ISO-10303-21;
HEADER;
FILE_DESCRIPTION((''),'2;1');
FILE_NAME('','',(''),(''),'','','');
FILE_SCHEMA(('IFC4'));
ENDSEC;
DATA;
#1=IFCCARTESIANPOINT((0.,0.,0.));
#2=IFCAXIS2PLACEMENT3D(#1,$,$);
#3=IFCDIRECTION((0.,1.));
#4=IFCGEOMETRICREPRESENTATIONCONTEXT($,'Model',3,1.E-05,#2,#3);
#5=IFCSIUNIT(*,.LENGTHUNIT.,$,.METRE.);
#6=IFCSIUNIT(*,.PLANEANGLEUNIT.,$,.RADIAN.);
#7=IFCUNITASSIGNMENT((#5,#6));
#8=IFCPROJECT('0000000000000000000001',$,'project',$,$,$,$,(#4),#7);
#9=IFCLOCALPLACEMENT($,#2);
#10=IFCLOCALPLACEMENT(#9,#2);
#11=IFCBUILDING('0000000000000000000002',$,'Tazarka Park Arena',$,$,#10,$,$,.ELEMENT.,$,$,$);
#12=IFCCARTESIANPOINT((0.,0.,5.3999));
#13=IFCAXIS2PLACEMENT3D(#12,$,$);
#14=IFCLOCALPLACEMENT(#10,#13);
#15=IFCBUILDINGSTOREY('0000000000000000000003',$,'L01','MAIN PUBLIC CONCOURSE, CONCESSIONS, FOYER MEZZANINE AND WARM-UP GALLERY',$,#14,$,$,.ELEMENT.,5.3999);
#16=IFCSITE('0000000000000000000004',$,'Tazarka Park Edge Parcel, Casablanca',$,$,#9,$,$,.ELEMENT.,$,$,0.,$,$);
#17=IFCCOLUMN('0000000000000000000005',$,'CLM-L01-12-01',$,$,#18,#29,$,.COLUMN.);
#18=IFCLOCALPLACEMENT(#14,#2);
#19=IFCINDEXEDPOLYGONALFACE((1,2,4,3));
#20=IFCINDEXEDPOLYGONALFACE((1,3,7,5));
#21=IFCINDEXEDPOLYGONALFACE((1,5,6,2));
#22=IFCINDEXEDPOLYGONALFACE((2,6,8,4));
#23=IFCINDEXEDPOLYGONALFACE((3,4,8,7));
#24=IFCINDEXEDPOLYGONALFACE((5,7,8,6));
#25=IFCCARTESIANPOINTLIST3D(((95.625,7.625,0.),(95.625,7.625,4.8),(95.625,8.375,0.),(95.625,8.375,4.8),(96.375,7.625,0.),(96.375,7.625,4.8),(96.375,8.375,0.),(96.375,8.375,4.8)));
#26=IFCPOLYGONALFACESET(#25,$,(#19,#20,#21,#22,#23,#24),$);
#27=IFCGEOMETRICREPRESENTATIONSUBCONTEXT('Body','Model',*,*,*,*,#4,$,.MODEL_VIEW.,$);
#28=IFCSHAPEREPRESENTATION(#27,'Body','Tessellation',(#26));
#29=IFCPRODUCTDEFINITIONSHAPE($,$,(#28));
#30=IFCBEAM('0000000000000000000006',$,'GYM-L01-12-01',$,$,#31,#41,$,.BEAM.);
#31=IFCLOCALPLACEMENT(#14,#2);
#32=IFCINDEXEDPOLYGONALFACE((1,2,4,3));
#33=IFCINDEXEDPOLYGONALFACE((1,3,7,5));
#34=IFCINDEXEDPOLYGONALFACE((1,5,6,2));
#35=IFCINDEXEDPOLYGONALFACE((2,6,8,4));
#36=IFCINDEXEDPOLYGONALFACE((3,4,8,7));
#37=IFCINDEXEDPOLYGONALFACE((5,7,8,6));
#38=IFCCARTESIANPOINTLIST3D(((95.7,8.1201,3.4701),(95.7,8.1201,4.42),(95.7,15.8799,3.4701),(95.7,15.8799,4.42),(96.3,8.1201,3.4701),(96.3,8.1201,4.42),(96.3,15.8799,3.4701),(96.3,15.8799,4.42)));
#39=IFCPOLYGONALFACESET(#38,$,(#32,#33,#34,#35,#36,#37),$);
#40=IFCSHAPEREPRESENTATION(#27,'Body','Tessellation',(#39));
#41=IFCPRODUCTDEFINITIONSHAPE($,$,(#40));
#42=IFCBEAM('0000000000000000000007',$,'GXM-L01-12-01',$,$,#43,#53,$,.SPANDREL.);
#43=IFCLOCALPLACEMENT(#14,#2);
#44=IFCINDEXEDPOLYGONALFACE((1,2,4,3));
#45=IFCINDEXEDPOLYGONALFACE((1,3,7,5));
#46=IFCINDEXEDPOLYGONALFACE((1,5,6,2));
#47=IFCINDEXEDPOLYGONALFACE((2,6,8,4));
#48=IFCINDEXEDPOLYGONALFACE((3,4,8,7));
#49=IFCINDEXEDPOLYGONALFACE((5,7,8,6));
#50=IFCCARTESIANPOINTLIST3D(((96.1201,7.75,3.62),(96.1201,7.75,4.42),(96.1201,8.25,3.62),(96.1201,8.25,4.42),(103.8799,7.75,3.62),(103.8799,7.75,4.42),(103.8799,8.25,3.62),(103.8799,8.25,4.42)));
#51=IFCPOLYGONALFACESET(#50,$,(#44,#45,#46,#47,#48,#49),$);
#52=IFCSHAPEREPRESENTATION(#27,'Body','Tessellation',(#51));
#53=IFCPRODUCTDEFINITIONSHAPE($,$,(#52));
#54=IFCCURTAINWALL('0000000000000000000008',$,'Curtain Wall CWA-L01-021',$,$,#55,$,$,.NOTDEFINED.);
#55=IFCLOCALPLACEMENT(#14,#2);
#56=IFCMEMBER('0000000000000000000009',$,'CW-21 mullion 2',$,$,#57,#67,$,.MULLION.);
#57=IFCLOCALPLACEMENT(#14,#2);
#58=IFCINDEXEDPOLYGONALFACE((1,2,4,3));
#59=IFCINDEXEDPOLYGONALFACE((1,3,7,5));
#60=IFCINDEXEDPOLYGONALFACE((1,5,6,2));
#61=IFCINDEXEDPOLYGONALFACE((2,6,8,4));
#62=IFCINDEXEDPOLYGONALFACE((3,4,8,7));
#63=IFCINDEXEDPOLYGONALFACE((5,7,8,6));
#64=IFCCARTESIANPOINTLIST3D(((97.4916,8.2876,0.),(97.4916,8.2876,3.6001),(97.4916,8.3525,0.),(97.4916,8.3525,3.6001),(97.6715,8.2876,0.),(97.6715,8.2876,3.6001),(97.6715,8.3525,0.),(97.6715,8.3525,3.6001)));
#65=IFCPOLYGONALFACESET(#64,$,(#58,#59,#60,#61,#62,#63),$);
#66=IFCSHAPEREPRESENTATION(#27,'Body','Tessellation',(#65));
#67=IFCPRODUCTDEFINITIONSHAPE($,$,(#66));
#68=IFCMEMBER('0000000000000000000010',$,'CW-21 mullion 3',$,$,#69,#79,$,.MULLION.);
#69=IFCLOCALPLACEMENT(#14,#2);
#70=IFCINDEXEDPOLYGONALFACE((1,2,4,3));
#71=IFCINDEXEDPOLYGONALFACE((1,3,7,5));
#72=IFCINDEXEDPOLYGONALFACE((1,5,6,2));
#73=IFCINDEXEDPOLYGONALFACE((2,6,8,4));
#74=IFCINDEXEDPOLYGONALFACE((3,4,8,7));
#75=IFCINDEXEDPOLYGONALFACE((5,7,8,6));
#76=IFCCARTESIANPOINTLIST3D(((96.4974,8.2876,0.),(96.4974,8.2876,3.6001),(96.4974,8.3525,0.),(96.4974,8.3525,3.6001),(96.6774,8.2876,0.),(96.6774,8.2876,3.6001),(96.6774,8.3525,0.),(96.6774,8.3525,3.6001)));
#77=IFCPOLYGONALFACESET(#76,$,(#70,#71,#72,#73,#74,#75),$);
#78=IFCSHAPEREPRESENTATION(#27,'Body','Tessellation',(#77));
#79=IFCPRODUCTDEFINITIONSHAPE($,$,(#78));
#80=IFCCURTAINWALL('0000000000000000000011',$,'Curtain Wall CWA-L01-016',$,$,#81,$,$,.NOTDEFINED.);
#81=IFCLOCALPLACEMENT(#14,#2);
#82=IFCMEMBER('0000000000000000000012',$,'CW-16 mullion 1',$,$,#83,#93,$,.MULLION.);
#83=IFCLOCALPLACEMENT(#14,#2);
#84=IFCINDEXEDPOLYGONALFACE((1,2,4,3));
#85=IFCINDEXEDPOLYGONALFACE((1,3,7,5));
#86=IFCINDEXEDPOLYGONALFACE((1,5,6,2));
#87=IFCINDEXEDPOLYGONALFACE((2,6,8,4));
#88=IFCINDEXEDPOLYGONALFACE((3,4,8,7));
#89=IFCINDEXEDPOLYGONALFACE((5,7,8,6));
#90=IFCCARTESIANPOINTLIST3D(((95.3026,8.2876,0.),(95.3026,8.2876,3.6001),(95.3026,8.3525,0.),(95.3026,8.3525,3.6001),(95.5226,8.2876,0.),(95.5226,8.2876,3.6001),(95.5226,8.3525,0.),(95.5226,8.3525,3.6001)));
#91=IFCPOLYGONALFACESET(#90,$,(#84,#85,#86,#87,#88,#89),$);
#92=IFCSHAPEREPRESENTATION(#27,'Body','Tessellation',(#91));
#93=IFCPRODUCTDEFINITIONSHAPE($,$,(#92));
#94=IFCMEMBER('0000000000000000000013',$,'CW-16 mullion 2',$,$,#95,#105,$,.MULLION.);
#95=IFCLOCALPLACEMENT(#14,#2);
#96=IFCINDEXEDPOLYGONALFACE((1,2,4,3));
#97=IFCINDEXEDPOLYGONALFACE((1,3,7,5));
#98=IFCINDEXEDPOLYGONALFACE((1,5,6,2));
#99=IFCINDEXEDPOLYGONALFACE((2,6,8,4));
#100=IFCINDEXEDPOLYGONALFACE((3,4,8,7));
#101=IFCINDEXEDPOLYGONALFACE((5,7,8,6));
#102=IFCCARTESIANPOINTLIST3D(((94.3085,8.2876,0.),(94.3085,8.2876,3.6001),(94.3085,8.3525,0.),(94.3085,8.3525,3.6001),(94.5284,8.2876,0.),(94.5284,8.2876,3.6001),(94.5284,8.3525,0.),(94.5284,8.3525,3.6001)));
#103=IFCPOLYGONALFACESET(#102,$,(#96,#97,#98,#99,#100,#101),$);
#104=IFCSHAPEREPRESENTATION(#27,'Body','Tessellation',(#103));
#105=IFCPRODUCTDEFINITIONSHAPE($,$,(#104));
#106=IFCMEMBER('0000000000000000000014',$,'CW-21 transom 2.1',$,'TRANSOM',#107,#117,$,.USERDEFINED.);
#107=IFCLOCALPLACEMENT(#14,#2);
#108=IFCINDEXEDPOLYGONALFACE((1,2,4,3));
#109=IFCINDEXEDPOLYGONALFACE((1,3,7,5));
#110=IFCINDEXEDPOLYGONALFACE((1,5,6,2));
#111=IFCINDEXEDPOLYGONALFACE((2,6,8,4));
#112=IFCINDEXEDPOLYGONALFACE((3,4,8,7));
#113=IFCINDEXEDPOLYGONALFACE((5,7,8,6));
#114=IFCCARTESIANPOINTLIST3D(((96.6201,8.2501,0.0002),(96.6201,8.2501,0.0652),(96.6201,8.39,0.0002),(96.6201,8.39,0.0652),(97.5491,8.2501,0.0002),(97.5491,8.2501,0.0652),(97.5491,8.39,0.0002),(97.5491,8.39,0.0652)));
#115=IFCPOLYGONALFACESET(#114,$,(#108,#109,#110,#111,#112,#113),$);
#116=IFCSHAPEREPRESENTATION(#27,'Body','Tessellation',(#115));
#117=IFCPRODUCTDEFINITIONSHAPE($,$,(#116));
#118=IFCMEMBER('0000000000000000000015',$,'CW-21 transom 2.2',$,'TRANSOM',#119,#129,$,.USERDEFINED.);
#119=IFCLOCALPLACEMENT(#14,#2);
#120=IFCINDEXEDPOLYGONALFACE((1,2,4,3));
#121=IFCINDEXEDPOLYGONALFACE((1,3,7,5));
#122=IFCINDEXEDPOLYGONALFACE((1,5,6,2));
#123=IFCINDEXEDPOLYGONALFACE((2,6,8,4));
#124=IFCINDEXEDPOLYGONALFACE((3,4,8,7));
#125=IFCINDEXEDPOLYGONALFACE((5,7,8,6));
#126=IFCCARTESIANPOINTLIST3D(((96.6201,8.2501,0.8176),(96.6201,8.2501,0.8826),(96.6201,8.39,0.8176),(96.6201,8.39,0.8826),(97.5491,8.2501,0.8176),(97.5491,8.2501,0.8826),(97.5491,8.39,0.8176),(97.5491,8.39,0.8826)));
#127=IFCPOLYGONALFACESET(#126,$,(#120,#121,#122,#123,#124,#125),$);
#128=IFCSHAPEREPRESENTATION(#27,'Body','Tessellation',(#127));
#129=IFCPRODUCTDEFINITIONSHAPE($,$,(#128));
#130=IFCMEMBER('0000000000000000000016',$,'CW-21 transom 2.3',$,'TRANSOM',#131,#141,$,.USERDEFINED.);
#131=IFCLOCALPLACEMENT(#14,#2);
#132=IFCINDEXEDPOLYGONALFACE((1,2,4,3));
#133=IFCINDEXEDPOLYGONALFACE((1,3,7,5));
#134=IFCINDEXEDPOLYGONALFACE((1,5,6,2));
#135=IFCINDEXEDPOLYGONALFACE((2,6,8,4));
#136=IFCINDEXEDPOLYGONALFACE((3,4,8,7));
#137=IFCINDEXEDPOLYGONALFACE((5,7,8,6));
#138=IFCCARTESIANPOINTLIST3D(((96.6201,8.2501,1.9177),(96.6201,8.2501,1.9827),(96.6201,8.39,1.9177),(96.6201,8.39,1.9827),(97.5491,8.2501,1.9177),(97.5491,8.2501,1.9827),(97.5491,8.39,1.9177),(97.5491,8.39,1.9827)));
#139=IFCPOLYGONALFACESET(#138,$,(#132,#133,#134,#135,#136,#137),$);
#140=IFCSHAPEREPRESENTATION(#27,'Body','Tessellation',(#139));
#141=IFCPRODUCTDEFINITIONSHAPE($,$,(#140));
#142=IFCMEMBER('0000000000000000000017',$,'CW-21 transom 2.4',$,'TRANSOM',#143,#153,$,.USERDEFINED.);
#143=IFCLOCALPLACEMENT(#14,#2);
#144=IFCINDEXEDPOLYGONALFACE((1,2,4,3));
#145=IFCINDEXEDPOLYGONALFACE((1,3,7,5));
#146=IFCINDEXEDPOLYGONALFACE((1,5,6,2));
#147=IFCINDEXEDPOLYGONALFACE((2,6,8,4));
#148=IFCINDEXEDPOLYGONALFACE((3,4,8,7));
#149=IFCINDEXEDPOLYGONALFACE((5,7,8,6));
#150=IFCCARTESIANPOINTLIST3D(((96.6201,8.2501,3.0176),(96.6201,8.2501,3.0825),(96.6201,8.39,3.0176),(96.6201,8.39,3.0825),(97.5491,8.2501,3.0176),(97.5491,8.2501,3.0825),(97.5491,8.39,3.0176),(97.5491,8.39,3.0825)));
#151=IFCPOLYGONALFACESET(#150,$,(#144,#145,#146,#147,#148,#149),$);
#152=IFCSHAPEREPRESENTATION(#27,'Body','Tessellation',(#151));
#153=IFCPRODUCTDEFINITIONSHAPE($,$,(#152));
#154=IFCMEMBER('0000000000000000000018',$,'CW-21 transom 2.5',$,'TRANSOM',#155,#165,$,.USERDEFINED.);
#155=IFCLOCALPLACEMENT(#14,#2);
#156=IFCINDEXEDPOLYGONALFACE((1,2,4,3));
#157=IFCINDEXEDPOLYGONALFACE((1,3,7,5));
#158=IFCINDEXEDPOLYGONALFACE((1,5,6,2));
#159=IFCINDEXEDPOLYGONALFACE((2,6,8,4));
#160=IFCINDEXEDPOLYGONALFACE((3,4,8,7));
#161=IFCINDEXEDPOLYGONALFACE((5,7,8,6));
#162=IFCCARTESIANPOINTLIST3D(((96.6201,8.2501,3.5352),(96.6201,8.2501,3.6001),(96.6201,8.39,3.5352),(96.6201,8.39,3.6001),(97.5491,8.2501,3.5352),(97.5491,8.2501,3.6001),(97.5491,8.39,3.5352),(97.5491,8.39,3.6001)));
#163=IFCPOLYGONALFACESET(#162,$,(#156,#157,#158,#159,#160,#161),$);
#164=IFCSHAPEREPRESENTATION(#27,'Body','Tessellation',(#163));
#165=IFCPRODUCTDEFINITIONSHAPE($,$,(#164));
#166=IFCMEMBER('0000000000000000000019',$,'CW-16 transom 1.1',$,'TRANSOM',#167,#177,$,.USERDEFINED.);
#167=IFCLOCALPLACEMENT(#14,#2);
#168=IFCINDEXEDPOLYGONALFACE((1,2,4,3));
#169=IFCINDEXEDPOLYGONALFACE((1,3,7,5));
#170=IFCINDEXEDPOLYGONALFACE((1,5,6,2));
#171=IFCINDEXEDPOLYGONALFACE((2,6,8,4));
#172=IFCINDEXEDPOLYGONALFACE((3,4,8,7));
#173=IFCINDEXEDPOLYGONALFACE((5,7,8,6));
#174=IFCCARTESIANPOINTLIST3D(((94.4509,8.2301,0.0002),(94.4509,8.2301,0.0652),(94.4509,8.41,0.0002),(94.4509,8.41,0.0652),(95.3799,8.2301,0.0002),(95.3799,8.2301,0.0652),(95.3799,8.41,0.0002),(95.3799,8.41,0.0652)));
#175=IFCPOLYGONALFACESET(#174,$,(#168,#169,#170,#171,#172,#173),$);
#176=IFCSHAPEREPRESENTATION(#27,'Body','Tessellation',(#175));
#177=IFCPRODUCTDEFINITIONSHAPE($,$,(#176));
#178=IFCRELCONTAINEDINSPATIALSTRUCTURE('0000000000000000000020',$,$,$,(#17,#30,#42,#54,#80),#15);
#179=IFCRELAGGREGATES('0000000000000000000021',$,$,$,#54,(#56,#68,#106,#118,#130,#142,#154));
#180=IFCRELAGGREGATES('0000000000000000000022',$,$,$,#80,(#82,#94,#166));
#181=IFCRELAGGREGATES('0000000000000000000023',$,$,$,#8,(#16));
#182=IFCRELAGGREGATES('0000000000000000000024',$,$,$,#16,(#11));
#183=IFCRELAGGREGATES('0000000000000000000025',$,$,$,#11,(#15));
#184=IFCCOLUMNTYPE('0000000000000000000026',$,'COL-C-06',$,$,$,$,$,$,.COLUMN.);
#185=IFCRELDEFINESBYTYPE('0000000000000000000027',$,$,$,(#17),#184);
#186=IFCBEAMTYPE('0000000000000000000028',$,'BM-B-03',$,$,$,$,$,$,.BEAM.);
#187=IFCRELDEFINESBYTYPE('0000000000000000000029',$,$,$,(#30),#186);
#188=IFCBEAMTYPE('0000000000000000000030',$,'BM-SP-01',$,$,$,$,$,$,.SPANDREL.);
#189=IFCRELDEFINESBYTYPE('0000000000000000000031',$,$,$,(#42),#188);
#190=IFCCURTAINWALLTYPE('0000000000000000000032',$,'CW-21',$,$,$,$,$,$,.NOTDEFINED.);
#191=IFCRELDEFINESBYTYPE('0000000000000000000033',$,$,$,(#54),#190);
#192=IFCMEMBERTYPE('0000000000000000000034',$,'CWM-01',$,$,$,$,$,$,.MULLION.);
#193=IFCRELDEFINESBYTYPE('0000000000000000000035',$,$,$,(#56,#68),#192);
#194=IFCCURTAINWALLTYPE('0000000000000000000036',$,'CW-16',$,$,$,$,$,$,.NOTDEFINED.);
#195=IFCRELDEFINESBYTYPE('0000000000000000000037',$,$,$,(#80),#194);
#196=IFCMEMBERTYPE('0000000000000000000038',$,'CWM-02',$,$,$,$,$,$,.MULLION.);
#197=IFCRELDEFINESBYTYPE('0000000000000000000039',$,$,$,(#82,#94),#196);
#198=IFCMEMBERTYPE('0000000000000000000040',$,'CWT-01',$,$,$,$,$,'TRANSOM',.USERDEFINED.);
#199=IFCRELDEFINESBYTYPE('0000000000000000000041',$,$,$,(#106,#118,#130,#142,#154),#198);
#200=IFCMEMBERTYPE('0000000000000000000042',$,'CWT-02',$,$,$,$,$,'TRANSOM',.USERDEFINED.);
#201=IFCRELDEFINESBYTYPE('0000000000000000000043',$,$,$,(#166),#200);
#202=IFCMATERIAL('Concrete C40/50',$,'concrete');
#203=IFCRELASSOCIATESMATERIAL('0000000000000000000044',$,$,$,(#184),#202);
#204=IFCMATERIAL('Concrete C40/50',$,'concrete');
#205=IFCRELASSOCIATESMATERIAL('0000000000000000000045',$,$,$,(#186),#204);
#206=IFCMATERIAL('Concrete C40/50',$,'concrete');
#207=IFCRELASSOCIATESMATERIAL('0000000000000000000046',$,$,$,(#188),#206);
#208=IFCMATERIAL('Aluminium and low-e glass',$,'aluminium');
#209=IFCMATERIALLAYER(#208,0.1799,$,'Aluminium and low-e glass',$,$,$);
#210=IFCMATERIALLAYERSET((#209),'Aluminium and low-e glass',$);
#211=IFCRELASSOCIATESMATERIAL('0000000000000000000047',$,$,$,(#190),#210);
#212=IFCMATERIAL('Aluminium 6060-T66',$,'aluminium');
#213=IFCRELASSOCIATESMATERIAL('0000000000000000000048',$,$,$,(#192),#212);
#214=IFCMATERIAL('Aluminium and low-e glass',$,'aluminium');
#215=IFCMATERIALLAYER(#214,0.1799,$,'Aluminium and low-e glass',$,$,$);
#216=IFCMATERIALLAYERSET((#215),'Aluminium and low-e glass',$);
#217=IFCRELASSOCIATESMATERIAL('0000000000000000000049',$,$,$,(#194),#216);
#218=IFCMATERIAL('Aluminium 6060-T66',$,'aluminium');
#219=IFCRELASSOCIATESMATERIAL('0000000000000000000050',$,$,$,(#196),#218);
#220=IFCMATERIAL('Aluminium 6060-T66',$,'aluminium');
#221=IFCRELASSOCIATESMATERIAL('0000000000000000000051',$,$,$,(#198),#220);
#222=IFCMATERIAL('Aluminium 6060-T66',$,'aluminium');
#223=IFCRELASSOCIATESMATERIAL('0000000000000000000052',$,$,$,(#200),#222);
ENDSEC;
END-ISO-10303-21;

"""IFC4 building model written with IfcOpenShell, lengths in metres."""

from ifc_helpers import new_model, si_unit, direction, frame, origin, origin_2d, place, context, subcontext, project, spatial, rectangle, extrude, material, layer, layer_set, material_profile, profile_set, type_object, element, aggregate, save


model = new_model("IFC4")

# Units and contexts
model_context = context("Model", 3, precision=1e-05, world=origin(), true_north=direction((0.0, 1.0)))
body_context = subcontext(model_context, "Body", "Model", "MODEL_VIEW")
ifc_project = project(units=[si_unit("LENGTHUNIT", "METRE"), si_unit("PLANEANGLEUNIT", "RADIAN")], contexts=[model_context])

# Site, building, storey
site_placement = place(None, origin())
site = spatial("IfcSite", under=ifc_project, at=site_placement, Name="Tazarka Park Edge Parcel, Casablanca", CompositionType="ELEMENT", RefElevation=0.0)
building_placement = place(site_placement, origin())
building = spatial("IfcBuilding", under=site, at=building_placement, Name="Tazarka Park Arena", CompositionType="ELEMENT")
storey_placement = place(building_placement, frame((0.0, 0.0, 5.3999)))
storey = spatial("IfcBuildingStorey", under=building, at=storey_placement, Name="L01", Description="MAIN PUBLIC CONCOURSE, CONCESSIONS, FOYER MEZZANINE AND WARM-UP GALLERY", CompositionType="ELEMENT", Elevation=5.3999)

# Column
ifc_material_1 = material(Name="Concrete C40/50", Category="concrete")
ifc_material_profile_1 = material_profile(ifc_material_1, rectangle(XDim=0.75, YDim=0.75, at=origin_2d()), Name="Concrete C40/50")
ifc_profile_set_1 = profile_set([ifc_material_profile_1], Name="Concrete C40/50")
column_type = type_object("IfcColumnType", Name="COL-C-06", PredefinedType="COLUMN", material=ifc_profile_set_1)
column_placement = place(storey_placement, frame((96.0, 8.0, 0.0), z_axis=(0.0, 0.0, 1.0), x_axis=(1.0, 0.0, 0.0)))
element("IfcColumn", 1, at=column_placement, inside=storey, type_object=column_type, Name="CLM-L01-12-01", PredefinedType="COLUMN", context=body_context, shape_type="SweptSolid", body=[
    extrude(rectangle(XDim=0.75, YDim=0.75, at=origin_2d()), origin(), (0.0, 0.0, 1.0), 4.8),
])

# Beams
ifc_material_2 = material(Name="Concrete C40/50", Category="concrete")
ifc_material_profile_2 = material_profile(ifc_material_2, rectangle(XDim=0.6001, YDim=0.95, at=origin_2d()), Name="Concrete C40/50")
ifc_profile_set_2 = profile_set([ifc_material_profile_2], Name="Concrete C40/50")
beam_type_1 = type_object("IfcBeamType", Name="BM-B-03", PredefinedType="BEAM", material=ifc_profile_set_2)
beam_1_placement = place(storey_placement, frame((96.0, 8.1201, 3.9451), z_axis=(0.0, 1.0, 0.0), x_axis=(-1.0, 0.0, 0.0)))
element("IfcBeam", 2, at=beam_1_placement, inside=storey, type_object=beam_type_1, Name="GYM-L01-12-01", PredefinedType="BEAM", context=body_context, shape_type="SweptSolid", body=[
    extrude(rectangle(XDim=0.6001, YDim=0.95, at=origin_2d()), origin(), (0.0, 0.0, 1.0), 7.7598),
])
ifc_material_3 = material(Name="Concrete C40/50", Category="concrete")
ifc_material_profile_3 = material_profile(ifc_material_3, rectangle(XDim=0.5, YDim=0.8, at=origin_2d()), Name="Concrete C40/50")
ifc_profile_set_3 = profile_set([ifc_material_profile_3], Name="Concrete C40/50")
beam_type_2 = type_object("IfcBeamType", Name="BM-SP-01", PredefinedType="SPANDREL", material=ifc_profile_set_3)
beam_2_placement = place(storey_placement, frame((96.1201, 8.0, 4.02), z_axis=(1.0, 0.0, 0.0), x_axis=(0.0, 1.0, 0.0)))
element("IfcBeam", 3, at=beam_2_placement, inside=storey, type_object=beam_type_2, Name="GXM-L01-12-01", PredefinedType="SPANDREL", context=body_context, shape_type="SweptSolid", body=[
    extrude(rectangle(XDim=0.5, YDim=0.8, at=origin_2d()), origin(), (0.0, 0.0, 1.0), 7.7598),
])

# Curtain walls, members
ifc_material_4 = material(Name="Aluminium and low-e glass", Category="aluminium")
ifc_layer_1 = layer(ifc_material_4, 0.1799, Name="Aluminium and low-e glass")
ifc_layer_set_1 = layer_set([ifc_layer_1], Name="Aluminium and low-e glass")
curtain_wall_type_1 = type_object("IfcCurtainWallType", Name="CW-21", PredefinedType="NOTDEFINED", material=ifc_layer_set_1)
curtain_wall_1_placement = place(storey_placement, origin())
curtain_wall_1 = element("IfcCurtainWall", 4, at=curtain_wall_1_placement, inside=storey, type_object=curtain_wall_type_1, Name="Curtain Wall CWA-L01-021", PredefinedType="NOTDEFINED")
ifc_material_5 = material(Name="Aluminium 6060-T66", Category="aluminium")
ifc_material_profile_4 = material_profile(ifc_material_5, rectangle(XDim=0.0649, YDim=0.1799, at=origin_2d()), Name="Aluminium 6060-T66")
ifc_profile_set_4 = profile_set([ifc_material_profile_4], Name="Aluminium 6060-T66")
member_type_1 = type_object("IfcMemberType", Name="CWM-01", PredefinedType="MULLION", material=ifc_profile_set_4)
member_1_placement = place(storey_placement, frame((97.5815, 8.3201, 0.0), z_axis=(0.0, 0.0, 1.0), x_axis=(0.0, -1.0, 0.0)))
member_1 = element("IfcMember", 5, at=member_1_placement, type_object=member_type_1, Name="CW-21 mullion 2", PredefinedType="MULLION", context=body_context, shape_type="SweptSolid", body=[
    extrude(rectangle(XDim=0.0649, YDim=0.1799, at=origin_2d()), origin(), (0.0, 0.0, 1.0), 3.6001),
])
member_2_placement = place(storey_placement, frame((96.5874, 8.3201, 0.0), z_axis=(0.0, 0.0, 1.0), x_axis=(0.0, -1.0, 0.0)))
member_2 = element("IfcMember", 6, at=member_2_placement, type_object=member_type_1, Name="CW-21 mullion 3", PredefinedType="MULLION", context=body_context, shape_type="SweptSolid", body=[
    extrude(rectangle(XDim=0.0649, YDim=0.1799, at=origin_2d()), origin(), (0.0, 0.0, 1.0), 3.6001),
])
ifc_material_6 = material(Name="Aluminium and low-e glass", Category="aluminium")
ifc_layer_2 = layer(ifc_material_6, 0.1799, Name="Aluminium and low-e glass")
ifc_layer_set_2 = layer_set([ifc_layer_2], Name="Aluminium and low-e glass")
curtain_wall_type_2 = type_object("IfcCurtainWallType", Name="CW-16", PredefinedType="NOTDEFINED", material=ifc_layer_set_2)
curtain_wall_2_placement = place(storey_placement, origin())
curtain_wall_2 = element("IfcCurtainWall", 7, at=curtain_wall_2_placement, inside=storey, type_object=curtain_wall_type_2, Name="Curtain Wall CWA-L01-016", PredefinedType="NOTDEFINED")
ifc_material_7 = material(Name="Aluminium 6060-T66", Category="aluminium")
ifc_material_profile_5 = material_profile(ifc_material_7, rectangle(XDim=0.0649, YDim=0.22, at=origin_2d()), Name="Aluminium 6060-T66")
ifc_profile_set_5 = profile_set([ifc_material_profile_5], Name="Aluminium 6060-T66")
member_type_2 = type_object("IfcMemberType", Name="CWM-02", PredefinedType="MULLION", material=ifc_profile_set_5)
member_3_placement = place(storey_placement, frame((95.4126, 8.3201, 0.0), z_axis=(0.0, 0.0, 1.0), x_axis=(0.0, -1.0, 0.0)))
member_3 = element("IfcMember", 8, at=member_3_placement, type_object=member_type_2, Name="CW-16 mullion 1", PredefinedType="MULLION", context=body_context, shape_type="SweptSolid", body=[
    extrude(rectangle(XDim=0.0649, YDim=0.22, at=origin_2d()), origin(), (0.0, 0.0, 1.0), 3.6001),
])
member_4_placement = place(storey_placement, frame((94.4185, 8.3201, 0.0), z_axis=(0.0, 0.0, 1.0), x_axis=(0.0, -1.0, 0.0)))
member_4 = element("IfcMember", 9, at=member_4_placement, type_object=member_type_2, Name="CW-16 mullion 2", PredefinedType="MULLION", context=body_context, shape_type="SweptSolid", body=[
    extrude(rectangle(XDim=0.0649, YDim=0.22, at=origin_2d()), origin(), (0.0, 0.0, 1.0), 3.6001),
])

# Members
ifc_material_8 = material(Name="Aluminium 6060-T66", Category="aluminium")
ifc_material_profile_6 = material_profile(ifc_material_8, rectangle(XDim=0.1399, YDim=0.0649, at=origin_2d()), Name="Aluminium 6060-T66")
ifc_profile_set_6 = profile_set([ifc_material_profile_6], Name="Aluminium 6060-T66")
member_type_3 = type_object("IfcMemberType", Name="CWT-01", ElementType="TRANSOM", PredefinedType="USERDEFINED", material=ifc_profile_set_6)
member_5_placement = place(storey_placement, frame((97.5491, 8.3201, 0.0327), z_axis=(-1.0, 0.0, 0.0), x_axis=(0.0, -1.0, 0.0)))
member_5 = element("IfcMember", 10, at=member_5_placement, type_object=member_type_3, Name="CW-21 transom 2.1", ObjectType="TRANSOM", PredefinedType="USERDEFINED", context=body_context, shape_type="SweptSolid", body=[
    extrude(rectangle(XDim=0.1399, YDim=0.0649, at=origin_2d()), origin(), (0.0, 0.0, 1.0), 0.929),
])
member_6_placement = place(storey_placement, frame((97.5491, 8.3201, 0.8501), z_axis=(-1.0, 0.0, 0.0), x_axis=(0.0, -1.0, 0.0)))
member_6 = element("IfcMember", 11, at=member_6_placement, type_object=member_type_3, Name="CW-21 transom 2.2", ObjectType="TRANSOM", PredefinedType="USERDEFINED", context=body_context, shape_type="SweptSolid", body=[
    extrude(rectangle(XDim=0.1399, YDim=0.0649, at=origin_2d()), origin(), (0.0, 0.0, 1.0), 0.929),
])
member_7_placement = place(storey_placement, frame((97.5491, 8.3201, 1.9502), z_axis=(-1.0, 0.0, 0.0), x_axis=(0.0, -1.0, 0.0)))
member_7 = element("IfcMember", 12, at=member_7_placement, type_object=member_type_3, Name="CW-21 transom 2.3", ObjectType="TRANSOM", PredefinedType="USERDEFINED", context=body_context, shape_type="SweptSolid", body=[
    extrude(rectangle(XDim=0.1399, YDim=0.0649, at=origin_2d()), origin(), (0.0, 0.0, 1.0), 0.929),
])
member_8_placement = place(storey_placement, frame((97.5491, 8.3201, 3.05), z_axis=(-1.0, 0.0, 0.0), x_axis=(0.0, -1.0, 0.0)))
member_8 = element("IfcMember", 13, at=member_8_placement, type_object=member_type_3, Name="CW-21 transom 2.4", ObjectType="TRANSOM", PredefinedType="USERDEFINED", context=body_context, shape_type="SweptSolid", body=[
    extrude(rectangle(XDim=0.1399, YDim=0.0649, at=origin_2d()), origin(), (0.0, 0.0, 1.0), 0.929),
])
member_9_placement = place(storey_placement, frame((97.5491, 8.3201, 3.5676), z_axis=(-1.0, 0.0, 0.0), x_axis=(0.0, -1.0, 0.0)))
member_9 = element("IfcMember", 14, at=member_9_placement, type_object=member_type_3, Name="CW-21 transom 2.5", ObjectType="TRANSOM", PredefinedType="USERDEFINED", context=body_context, shape_type="SweptSolid", body=[
    extrude(rectangle(XDim=0.1399, YDim=0.0649, at=origin_2d()), origin(), (0.0, 0.0, 1.0), 0.929),
])
ifc_material_9 = material(Name="Aluminium 6060-T66", Category="aluminium")
ifc_material_profile_7 = material_profile(ifc_material_9, rectangle(XDim=0.1799, YDim=0.0649, at=origin_2d()), Name="Aluminium 6060-T66")
ifc_profile_set_7 = profile_set([ifc_material_profile_7], Name="Aluminium 6060-T66")
member_type_4 = type_object("IfcMemberType", Name="CWT-02", ElementType="TRANSOM", PredefinedType="USERDEFINED", material=ifc_profile_set_7)
member_10_placement = place(storey_placement, frame((95.3799, 8.3201, 0.0327), z_axis=(-1.0, 0.0, 0.0), x_axis=(0.0, -1.0, 0.0)))
member_10 = element("IfcMember", 15, at=member_10_placement, type_object=member_type_4, Name="CW-16 transom 1.1", ObjectType="TRANSOM", PredefinedType="USERDEFINED", context=body_context, shape_type="SweptSolid", body=[
    extrude(rectangle(XDim=0.1799, YDim=0.0649, at=origin_2d()), origin(), (0.0, 0.0, 1.0), 0.929),
])

aggregate(curtain_wall_1, [member_1, member_2, member_5, member_6, member_7, member_8, member_9])
aggregate(curtain_wall_2, [member_3, member_4, member_10])

save(model, "model.ifc")
